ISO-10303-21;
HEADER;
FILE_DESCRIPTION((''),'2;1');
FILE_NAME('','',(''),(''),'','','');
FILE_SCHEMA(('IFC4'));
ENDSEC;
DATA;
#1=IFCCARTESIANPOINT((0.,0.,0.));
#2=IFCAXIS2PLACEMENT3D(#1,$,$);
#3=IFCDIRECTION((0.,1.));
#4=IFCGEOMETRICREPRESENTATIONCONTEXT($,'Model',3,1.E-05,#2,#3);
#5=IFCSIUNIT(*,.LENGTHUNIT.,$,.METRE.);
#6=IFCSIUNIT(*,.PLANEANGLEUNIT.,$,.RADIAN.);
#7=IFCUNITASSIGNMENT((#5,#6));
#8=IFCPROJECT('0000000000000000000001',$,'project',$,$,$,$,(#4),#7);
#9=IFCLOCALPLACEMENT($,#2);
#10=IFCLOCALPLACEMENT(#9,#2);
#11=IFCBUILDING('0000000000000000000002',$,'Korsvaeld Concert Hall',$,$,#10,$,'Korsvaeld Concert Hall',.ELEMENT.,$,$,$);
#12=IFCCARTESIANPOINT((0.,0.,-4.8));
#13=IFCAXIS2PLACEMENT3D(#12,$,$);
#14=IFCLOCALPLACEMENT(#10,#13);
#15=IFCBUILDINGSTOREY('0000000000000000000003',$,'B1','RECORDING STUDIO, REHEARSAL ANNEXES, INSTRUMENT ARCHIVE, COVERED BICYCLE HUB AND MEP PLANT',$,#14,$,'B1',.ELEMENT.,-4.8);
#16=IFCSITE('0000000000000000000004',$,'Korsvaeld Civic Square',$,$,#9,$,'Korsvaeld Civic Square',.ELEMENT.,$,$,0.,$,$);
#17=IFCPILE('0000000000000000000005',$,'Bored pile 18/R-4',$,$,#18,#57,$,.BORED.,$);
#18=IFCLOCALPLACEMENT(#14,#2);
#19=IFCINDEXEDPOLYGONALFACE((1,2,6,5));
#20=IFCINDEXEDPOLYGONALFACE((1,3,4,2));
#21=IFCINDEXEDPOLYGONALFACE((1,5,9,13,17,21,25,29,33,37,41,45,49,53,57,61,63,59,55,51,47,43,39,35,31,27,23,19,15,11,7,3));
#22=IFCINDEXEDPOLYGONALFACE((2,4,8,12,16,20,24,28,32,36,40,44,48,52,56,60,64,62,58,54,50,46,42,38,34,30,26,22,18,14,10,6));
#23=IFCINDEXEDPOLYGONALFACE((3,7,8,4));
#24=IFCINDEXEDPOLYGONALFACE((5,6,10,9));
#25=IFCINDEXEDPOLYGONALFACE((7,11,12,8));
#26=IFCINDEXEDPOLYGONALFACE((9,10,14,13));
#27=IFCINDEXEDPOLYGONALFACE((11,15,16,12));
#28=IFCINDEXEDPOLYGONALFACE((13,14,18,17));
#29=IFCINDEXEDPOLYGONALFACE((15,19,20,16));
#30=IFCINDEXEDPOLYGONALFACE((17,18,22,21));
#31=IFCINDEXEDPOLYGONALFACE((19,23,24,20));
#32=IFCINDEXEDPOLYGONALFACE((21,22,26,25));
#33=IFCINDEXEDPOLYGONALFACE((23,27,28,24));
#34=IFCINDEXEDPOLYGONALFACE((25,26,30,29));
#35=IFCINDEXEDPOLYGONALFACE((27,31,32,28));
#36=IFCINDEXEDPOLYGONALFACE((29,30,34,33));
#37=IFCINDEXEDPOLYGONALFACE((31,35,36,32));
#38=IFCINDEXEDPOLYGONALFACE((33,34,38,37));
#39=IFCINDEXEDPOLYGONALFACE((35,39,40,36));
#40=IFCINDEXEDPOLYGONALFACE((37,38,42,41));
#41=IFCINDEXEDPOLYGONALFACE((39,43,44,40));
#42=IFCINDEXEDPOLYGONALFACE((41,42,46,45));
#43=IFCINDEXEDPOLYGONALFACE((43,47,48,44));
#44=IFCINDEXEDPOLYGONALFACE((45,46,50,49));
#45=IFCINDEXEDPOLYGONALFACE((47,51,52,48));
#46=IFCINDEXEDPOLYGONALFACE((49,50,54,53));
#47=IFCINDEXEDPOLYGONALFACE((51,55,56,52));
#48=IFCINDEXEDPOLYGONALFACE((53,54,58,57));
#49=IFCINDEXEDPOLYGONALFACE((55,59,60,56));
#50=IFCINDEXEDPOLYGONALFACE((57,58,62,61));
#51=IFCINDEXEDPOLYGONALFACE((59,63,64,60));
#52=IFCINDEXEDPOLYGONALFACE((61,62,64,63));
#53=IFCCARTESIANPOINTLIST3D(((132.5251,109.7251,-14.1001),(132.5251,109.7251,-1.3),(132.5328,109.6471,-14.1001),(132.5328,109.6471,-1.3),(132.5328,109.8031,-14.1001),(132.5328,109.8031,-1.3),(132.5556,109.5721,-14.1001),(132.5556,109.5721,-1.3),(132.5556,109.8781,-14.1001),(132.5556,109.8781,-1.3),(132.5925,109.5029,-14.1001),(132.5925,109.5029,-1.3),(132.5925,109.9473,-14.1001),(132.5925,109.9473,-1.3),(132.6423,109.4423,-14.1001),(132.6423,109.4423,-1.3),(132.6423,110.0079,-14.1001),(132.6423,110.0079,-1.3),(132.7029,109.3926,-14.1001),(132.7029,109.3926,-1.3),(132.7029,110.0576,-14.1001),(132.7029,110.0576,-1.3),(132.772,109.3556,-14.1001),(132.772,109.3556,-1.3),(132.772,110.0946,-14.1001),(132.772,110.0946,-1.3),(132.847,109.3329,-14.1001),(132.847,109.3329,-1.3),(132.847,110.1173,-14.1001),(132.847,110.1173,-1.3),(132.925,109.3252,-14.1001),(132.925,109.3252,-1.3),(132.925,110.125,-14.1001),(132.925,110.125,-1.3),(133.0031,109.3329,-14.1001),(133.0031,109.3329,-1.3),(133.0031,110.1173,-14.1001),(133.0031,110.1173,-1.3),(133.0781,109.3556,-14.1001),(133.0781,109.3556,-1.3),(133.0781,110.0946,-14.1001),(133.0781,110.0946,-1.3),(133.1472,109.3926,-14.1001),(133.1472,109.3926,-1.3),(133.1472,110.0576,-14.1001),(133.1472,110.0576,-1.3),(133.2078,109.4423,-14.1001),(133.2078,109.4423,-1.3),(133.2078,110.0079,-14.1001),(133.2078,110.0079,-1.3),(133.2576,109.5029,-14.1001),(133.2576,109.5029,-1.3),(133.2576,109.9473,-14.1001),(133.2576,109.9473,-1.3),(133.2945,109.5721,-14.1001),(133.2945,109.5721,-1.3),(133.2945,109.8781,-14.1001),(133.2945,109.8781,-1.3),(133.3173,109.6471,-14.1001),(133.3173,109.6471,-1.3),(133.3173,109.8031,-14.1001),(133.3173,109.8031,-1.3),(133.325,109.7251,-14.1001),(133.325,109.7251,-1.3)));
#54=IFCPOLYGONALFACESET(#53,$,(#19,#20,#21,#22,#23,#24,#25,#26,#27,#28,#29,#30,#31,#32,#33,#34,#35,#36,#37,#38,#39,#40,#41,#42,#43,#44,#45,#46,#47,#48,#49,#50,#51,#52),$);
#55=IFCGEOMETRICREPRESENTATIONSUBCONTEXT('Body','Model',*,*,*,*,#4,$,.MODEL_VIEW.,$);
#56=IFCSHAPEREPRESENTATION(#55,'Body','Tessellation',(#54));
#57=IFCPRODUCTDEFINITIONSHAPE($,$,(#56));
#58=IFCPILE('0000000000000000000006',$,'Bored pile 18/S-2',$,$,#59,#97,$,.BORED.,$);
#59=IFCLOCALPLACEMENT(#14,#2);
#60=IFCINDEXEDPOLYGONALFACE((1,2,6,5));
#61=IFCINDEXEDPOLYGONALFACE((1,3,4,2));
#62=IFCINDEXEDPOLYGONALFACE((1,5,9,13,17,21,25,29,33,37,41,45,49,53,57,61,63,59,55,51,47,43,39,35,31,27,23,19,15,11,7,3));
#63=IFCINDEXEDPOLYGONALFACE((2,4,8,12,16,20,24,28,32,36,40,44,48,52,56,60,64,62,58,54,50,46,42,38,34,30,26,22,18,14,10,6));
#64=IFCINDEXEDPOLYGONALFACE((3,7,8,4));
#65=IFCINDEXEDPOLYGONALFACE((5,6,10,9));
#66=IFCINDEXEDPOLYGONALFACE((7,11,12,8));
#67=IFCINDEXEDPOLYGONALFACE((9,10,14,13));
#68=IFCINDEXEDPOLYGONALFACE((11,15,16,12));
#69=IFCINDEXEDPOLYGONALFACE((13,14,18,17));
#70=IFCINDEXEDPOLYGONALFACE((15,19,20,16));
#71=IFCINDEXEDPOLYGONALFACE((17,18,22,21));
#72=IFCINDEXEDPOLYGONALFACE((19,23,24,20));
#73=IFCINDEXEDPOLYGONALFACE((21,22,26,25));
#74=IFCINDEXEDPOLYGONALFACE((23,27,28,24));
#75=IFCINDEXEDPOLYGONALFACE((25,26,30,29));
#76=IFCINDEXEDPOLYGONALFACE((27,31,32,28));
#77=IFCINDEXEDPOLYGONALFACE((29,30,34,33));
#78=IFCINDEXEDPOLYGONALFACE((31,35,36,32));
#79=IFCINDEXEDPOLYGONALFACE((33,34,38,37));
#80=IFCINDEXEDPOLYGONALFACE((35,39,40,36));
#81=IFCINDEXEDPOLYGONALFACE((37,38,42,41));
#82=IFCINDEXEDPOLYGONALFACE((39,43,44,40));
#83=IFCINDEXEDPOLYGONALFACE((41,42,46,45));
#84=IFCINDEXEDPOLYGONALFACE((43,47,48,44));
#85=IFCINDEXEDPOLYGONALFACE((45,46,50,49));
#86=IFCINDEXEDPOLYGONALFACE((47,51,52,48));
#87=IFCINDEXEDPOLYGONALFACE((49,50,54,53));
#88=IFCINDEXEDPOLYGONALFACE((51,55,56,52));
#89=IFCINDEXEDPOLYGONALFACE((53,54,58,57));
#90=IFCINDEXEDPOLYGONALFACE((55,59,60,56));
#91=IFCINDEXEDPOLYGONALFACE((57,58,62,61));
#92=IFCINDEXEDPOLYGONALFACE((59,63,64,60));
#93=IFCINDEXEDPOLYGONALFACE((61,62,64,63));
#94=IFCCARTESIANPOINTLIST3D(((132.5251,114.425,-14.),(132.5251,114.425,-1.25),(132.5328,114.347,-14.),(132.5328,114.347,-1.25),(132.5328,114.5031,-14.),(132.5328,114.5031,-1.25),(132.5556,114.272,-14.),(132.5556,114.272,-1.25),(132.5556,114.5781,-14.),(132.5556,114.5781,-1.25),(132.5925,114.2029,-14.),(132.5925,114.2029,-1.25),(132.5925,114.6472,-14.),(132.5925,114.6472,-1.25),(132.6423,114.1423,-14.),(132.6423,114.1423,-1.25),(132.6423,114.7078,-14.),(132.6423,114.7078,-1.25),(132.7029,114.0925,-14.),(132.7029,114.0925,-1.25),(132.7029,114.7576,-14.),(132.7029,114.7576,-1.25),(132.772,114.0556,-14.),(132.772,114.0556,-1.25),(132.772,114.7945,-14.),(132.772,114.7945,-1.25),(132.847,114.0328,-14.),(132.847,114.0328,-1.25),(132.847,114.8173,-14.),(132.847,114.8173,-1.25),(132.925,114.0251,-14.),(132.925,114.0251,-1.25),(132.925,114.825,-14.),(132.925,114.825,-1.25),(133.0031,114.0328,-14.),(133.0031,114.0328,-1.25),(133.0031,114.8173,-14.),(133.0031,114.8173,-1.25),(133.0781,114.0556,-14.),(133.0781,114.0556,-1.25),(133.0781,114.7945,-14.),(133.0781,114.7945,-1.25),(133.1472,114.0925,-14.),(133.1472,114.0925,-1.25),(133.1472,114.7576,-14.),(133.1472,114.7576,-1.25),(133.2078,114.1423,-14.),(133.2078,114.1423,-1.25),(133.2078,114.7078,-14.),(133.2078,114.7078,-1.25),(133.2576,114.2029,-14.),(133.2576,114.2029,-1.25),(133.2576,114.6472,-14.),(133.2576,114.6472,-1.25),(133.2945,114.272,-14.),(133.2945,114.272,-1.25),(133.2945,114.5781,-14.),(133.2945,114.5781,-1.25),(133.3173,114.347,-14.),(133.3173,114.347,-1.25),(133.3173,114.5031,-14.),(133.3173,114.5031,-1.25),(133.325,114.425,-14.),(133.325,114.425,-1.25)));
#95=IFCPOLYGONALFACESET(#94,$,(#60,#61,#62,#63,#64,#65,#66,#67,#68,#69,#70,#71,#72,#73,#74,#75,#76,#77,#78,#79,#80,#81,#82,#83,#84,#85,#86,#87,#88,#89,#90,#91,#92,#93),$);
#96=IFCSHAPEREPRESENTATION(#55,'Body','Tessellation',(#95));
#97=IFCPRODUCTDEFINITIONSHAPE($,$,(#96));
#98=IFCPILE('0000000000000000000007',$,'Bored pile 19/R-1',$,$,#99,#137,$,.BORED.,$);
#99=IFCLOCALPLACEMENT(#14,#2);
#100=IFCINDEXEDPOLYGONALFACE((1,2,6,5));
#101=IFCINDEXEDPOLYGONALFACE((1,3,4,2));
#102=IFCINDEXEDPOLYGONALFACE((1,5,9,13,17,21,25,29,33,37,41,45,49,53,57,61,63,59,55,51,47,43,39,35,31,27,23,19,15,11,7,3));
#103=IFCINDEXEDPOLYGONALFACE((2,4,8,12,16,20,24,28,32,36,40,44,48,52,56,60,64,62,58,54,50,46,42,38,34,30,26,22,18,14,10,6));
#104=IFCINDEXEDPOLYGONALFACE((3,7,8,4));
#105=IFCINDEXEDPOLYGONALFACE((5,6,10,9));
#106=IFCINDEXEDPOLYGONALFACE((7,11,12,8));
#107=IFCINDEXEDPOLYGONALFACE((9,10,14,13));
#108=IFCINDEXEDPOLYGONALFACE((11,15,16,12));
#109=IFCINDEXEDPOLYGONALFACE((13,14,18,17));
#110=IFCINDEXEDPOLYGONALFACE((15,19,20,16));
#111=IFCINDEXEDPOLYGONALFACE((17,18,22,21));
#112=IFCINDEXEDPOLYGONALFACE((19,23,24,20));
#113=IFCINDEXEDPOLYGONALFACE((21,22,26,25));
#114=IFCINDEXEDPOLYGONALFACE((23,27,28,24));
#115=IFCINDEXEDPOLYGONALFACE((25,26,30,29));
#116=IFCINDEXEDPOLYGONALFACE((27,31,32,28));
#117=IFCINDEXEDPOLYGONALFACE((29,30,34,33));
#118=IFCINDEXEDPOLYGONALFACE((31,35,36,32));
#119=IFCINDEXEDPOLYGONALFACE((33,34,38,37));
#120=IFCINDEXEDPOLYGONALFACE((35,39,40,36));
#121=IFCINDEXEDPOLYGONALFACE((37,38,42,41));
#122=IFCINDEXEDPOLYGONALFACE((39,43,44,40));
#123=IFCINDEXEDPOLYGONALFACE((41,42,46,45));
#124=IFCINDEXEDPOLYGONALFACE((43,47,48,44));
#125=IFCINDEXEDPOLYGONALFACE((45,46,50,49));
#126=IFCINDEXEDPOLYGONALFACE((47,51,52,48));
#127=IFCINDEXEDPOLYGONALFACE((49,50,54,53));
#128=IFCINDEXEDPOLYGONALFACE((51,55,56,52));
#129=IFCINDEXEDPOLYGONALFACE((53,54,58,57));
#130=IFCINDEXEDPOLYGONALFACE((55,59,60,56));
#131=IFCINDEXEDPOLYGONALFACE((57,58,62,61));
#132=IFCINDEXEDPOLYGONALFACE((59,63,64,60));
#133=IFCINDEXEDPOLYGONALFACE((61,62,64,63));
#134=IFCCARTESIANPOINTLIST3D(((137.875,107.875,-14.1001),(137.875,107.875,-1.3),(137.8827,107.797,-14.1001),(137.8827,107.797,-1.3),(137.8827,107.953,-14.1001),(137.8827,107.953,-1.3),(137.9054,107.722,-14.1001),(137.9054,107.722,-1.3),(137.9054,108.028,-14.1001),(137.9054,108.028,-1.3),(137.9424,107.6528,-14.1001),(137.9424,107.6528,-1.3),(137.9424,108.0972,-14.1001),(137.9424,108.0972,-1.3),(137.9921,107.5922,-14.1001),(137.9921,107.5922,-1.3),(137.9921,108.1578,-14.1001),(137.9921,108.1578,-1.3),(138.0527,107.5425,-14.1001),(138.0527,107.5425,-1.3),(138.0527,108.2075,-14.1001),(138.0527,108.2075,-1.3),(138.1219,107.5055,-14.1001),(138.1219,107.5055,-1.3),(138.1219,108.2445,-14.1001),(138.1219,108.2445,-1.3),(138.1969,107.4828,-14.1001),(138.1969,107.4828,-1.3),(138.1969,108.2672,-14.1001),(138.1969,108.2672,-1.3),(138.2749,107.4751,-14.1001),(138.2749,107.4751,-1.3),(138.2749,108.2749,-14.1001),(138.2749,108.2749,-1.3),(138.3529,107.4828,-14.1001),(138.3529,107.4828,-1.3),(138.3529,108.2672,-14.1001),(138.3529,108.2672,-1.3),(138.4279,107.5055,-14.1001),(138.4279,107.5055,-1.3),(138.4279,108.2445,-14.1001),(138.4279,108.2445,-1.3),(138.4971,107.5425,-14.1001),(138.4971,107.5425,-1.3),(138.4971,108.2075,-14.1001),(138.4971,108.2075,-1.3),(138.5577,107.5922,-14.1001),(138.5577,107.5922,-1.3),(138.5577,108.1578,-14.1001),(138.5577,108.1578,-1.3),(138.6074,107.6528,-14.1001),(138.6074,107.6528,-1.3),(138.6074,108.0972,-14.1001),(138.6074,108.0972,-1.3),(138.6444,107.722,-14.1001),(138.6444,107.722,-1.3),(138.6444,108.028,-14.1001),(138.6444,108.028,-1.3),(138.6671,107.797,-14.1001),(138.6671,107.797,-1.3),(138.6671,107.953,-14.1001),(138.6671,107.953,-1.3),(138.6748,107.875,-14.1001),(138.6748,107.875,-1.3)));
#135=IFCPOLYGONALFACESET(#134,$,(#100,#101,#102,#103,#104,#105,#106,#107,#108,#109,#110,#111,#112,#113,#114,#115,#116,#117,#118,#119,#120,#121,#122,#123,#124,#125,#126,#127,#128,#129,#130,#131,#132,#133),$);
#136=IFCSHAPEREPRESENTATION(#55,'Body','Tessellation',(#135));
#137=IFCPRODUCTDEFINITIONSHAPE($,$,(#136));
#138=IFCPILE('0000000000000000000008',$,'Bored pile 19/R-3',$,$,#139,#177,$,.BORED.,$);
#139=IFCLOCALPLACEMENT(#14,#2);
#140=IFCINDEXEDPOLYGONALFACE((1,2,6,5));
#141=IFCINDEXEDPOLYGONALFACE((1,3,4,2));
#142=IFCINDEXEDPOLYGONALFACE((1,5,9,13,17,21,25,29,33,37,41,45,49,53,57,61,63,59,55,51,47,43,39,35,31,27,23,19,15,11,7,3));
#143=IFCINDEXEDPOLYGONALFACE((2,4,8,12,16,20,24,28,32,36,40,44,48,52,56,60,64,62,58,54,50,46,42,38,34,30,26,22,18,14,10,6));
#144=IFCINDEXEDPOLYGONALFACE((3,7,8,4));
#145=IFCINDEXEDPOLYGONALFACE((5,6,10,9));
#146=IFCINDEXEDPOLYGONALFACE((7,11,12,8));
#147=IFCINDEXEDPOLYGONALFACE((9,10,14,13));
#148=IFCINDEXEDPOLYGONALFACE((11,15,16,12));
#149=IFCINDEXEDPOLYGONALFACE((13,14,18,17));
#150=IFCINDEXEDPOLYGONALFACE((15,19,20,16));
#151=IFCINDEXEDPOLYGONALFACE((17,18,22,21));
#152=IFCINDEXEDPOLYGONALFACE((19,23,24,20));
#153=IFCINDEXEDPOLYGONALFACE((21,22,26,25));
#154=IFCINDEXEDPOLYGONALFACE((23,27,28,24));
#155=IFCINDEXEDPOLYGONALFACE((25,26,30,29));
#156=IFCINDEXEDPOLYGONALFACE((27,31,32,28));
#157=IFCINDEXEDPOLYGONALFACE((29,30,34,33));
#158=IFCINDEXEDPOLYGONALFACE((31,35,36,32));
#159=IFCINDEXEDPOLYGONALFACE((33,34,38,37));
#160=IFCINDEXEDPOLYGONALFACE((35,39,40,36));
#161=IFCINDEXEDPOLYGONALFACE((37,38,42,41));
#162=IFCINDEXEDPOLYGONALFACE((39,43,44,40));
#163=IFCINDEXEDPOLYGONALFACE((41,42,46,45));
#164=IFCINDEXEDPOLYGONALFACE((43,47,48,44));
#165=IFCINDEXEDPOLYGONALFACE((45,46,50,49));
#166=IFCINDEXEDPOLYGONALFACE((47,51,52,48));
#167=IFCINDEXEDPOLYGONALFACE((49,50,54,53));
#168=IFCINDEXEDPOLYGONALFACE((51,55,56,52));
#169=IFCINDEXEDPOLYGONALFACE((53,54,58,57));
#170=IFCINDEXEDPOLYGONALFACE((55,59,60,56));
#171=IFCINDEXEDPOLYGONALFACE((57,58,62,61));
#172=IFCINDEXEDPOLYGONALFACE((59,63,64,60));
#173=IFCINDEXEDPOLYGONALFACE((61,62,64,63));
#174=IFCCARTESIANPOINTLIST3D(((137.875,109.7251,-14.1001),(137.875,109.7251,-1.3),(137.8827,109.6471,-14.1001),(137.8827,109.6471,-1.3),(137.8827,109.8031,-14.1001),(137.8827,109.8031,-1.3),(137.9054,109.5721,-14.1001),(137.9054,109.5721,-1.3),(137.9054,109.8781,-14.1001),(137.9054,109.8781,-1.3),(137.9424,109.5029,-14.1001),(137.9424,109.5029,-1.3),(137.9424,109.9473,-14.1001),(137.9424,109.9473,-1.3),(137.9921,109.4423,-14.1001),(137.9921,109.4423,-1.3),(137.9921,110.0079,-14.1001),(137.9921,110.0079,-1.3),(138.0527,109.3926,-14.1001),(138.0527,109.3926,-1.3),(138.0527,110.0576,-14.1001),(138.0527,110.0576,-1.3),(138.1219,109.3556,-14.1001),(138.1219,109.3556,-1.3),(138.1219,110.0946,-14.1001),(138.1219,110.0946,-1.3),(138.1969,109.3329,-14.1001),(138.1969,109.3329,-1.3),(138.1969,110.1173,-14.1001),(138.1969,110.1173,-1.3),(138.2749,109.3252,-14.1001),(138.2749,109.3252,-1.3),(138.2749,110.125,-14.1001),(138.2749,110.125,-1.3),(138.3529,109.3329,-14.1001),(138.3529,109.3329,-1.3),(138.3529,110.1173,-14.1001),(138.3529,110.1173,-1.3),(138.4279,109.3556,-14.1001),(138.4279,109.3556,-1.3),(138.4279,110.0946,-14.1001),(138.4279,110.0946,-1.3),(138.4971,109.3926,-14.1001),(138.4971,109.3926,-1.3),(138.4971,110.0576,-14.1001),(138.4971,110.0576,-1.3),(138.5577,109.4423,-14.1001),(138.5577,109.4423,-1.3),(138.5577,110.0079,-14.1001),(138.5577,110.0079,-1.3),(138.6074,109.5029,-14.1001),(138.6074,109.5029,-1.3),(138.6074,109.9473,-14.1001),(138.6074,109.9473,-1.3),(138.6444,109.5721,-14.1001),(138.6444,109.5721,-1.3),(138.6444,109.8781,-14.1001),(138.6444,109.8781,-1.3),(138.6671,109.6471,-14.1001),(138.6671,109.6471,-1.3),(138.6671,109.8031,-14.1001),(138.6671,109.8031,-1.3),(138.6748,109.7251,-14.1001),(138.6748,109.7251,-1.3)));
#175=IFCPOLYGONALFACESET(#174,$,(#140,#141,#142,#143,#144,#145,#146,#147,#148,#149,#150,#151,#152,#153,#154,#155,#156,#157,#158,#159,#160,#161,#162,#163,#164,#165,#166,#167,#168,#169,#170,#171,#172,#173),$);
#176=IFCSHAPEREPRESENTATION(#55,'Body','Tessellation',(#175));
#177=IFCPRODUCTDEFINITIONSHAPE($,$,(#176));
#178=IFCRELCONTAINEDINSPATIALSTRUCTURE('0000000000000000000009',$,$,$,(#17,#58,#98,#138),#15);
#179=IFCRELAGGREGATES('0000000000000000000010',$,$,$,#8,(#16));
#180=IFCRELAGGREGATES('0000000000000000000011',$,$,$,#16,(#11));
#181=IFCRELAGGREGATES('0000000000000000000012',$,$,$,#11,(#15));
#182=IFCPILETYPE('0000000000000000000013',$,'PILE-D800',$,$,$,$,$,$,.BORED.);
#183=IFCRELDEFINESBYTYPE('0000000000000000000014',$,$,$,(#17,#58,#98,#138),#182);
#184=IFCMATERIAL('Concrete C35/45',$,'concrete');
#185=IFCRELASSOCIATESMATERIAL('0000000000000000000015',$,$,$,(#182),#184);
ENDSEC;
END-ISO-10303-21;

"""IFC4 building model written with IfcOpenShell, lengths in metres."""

from ifc_helpers import new_model, si_unit, direction, frame, origin, origin_2d, place, context, subcontext, project, spatial, circle, extrude, material, material_profile, profile_set, type_object, element, save


model = new_model("IFC4")

# Units and contexts
model_context = context("Model", 3, precision=1e-05, world=origin(), true_north=direction((0.0, 1.0)))
body_context = subcontext(model_context, "Body", "Model", "MODEL_VIEW")
ifc_project = project(units=[si_unit("LENGTHUNIT", "METRE"), si_unit("PLANEANGLEUNIT", "RADIAN")], contexts=[model_context])

# Site, building, storey
site_placement = place(None, origin())
site = spatial("IfcSite", under=ifc_project, at=site_placement, Name="Korsvaeld Civic Square", LongName="Korsvaeld Civic Square", CompositionType="ELEMENT", RefElevation=0.0)
building_placement = place(site_placement, origin())
building = spatial("IfcBuilding", under=site, at=building_placement, Name="Korsvaeld Concert Hall", LongName="Korsvaeld Concert Hall", CompositionType="ELEMENT")
storey_placement = place(building_placement, frame((0.0, 0.0, -4.8)))
storey = spatial("IfcBuildingStorey", under=building, at=storey_placement, Name="B1", Description="RECORDING STUDIO, REHEARSAL ANNEXES, INSTRUMENT ARCHIVE, COVERED BICYCLE HUB AND MEP PLANT", LongName="B1", CompositionType="ELEMENT", Elevation=-4.8)

# Shared definitions
ifc_material_1 = material(Name="Concrete C35/45", Category="concrete")

# Piles
ifc_material_profile_1 = material_profile(ifc_material_1, circle(Radius=0.3999, at=origin_2d()), Name="BORED PILE D800")
ifc_profile_set_1 = profile_set([ifc_material_profile_1], Name="Concrete C35/45")
pile_type_1 = type_object("IfcPileType", Name="PILE-D800", PredefinedType="BORED", material=ifc_profile_set_1)
for number, where, z_axis, x_axis, name in (
    (1, (132.925, 109.7251, -1.3), (0.0, 0.0, -1.0), (1.0, 0.0, 0.0), "Bored pile 18/R-4"),
):
    element("IfcPile", number, at=place(storey_placement, frame(where, z_axis=z_axis, x_axis=x_axis)), inside=storey, type_object=pile_type_1, Name=name, PredefinedType="BORED", context=body_context, shape_type="SweptSolid", body=[
        extrude(circle(Radius=0.3999, at=origin_2d()), origin(), (0.0, 0.0, 1.0), 12.8),
    ])
pile_1_placement = place(storey_placement, frame((132.925, 114.425, -1.25), z_axis=(0.0, 0.0, -1.0), x_axis=(1.0, 0.0, 0.0)))
element("IfcPile", 2, at=pile_1_placement, inside=storey, type_object=pile_type_1, Name="Bored pile 18/S-2", PredefinedType="BORED", context=body_context, shape_type="SweptSolid", body=[
    extrude(circle(Radius=0.3999, at=origin_2d()), origin(), (0.0, 0.0, 1.0), 12.75),
])
for number, where, z_axis, x_axis, name in (
    (3, (138.2749, 107.875, -1.3), (0.0, 0.0, -1.0), (1.0, 0.0, 0.0), "Bored pile 19/R-1"),
    (4, (138.2749, 109.7251, -1.3), (0.0, 0.0, -1.0), (1.0, 0.0, 0.0), "Bored pile 19/R-3"),
):
    element("IfcPile", number, at=place(storey_placement, frame(where, z_axis=z_axis, x_axis=x_axis)), inside=storey, type_object=pile_type_1, Name=name, PredefinedType="BORED", context=body_context, shape_type="SweptSolid", body=[
        extrude(circle(Radius=0.3999, at=origin_2d()), origin(), (0.0, 0.0, 1.0), 12.8),
    ])

save(model, "model.ifc")
